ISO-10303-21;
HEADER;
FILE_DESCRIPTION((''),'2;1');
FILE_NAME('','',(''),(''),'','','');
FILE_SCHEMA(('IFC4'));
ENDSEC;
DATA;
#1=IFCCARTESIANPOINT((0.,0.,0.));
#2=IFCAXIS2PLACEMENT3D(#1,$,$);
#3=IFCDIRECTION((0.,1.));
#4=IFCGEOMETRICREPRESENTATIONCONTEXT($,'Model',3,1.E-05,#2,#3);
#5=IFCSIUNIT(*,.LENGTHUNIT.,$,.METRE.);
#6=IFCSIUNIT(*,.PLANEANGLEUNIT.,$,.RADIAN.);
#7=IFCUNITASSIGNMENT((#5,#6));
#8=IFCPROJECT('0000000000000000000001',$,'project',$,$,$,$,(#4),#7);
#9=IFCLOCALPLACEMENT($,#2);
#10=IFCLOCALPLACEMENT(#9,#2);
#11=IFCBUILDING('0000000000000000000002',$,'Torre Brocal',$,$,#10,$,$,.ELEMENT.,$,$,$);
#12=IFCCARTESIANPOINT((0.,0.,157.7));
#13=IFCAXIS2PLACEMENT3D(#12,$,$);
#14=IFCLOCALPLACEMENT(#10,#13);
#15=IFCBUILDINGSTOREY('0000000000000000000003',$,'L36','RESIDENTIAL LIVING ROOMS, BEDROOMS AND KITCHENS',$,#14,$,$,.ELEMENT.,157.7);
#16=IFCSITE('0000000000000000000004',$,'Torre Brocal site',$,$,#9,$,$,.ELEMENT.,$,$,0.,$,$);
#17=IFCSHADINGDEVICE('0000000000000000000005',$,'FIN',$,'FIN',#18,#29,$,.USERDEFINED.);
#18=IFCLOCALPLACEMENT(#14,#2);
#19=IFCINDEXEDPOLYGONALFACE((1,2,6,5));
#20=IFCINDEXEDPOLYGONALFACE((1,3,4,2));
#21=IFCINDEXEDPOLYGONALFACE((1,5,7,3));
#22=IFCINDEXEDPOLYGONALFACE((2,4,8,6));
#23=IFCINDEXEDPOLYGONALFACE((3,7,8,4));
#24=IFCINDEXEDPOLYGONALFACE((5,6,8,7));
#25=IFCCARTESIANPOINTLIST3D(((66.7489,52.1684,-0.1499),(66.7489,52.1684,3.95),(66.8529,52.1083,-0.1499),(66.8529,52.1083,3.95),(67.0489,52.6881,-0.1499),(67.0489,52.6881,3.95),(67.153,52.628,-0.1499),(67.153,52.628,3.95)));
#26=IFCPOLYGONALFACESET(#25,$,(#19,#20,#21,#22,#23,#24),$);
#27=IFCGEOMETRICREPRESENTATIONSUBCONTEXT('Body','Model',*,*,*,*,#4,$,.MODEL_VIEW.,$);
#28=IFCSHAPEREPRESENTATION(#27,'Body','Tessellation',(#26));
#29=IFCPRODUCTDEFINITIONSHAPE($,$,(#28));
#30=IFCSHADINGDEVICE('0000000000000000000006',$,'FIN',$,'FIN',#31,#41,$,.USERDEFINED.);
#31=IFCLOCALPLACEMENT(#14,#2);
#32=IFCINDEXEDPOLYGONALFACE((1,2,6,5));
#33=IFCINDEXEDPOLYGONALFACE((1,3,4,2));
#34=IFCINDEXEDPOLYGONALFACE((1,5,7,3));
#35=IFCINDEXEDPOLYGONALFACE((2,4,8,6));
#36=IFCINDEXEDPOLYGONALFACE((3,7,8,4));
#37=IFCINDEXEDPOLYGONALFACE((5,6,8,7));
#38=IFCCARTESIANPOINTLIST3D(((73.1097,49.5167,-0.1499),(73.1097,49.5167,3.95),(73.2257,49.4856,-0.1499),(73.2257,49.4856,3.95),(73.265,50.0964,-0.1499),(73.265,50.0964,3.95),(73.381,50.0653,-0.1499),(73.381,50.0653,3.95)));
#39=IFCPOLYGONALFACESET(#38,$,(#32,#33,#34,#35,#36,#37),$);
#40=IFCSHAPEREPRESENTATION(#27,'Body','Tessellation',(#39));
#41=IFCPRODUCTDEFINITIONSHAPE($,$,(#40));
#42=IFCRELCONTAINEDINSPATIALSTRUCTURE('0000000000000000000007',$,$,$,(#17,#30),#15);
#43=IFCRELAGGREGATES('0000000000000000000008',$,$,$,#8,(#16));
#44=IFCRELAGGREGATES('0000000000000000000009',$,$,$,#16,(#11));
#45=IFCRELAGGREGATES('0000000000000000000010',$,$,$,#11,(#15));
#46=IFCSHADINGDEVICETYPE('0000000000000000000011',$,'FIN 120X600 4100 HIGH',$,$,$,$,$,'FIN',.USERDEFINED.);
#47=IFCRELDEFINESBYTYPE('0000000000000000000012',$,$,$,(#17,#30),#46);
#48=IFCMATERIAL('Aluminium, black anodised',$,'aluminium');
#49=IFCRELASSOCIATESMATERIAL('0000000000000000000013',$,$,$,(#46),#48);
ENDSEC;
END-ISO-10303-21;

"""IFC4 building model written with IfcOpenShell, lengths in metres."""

from ifc_helpers import new_model, si_unit, direction, frame, origin, origin_2d, place, context, subcontext, project, spatial, rectangle, extrude, material, material_profile, profile_set, type_object, element, save


model = new_model("IFC4")

# Units and contexts
model_context = context("Model", 3, precision=1e-05, world=origin(), true_north=direction((0.0, 1.0)))
body_context = subcontext(model_context, "Body", "Model", "MODEL_VIEW")
ifc_project = project(units=[si_unit("LENGTHUNIT", "METRE"), si_unit("PLANEANGLEUNIT", "RADIAN")], contexts=[model_context])

# Site, building, storey
site_placement = place(None, origin())
site = spatial("IfcSite", under=ifc_project, at=site_placement, Name="Torre Brocal site", CompositionType="ELEMENT", RefElevation=0.0)
building_placement = place(site_placement, origin())
building = spatial("IfcBuilding", under=site, at=building_placement, Name="Torre Brocal", CompositionType="ELEMENT")
storey_placement = place(building_placement, frame((0.0, 0.0, 157.7)))
storey = spatial("IfcBuildingStorey", under=building, at=storey_placement, Name="L36", Description="RESIDENTIAL LIVING ROOMS, BEDROOMS AND KITCHENS", CompositionType="ELEMENT", Elevation=157.7)

# Shading devices
ifc_material_1 = material(Name="Aluminium, black anodised", Category="aluminium")
ifc_material_profile_1 = material_profile(ifc_material_1, rectangle(XDim=0.1201, YDim=0.6001, at=origin_2d()), Name="FIN 120X600 4100 HIGH")
ifc_profile_set_1 = profile_set([ifc_material_profile_1], Name="Aluminium, black anodised")
shading_device_type = type_object("IfcShadingDeviceType", Name="FIN 120X600 4100 HIGH", ElementType="FIN", PredefinedType="USERDEFINED", material=ifc_profile_set_1)
for number, where, z_axis, x_axis, name in (
    (1, (66.9509, 52.3982, -0.1499), (0.0, 0.0, 1.0), (0.866025, -0.5, 0.0), "FIN"),
    (2, (73.2454, 49.791, -0.1499), (0.0, 0.0, 1.0), (0.965926, -0.258819, 0.0), "FIN"),
):
    element("IfcShadingDevice", number, at=place(storey_placement, frame(where, z_axis=z_axis, x_axis=x_axis)), inside=storey, type_object=shading_device_type, Name=name, ObjectType="FIN", PredefinedType="USERDEFINED", context=body_context, shape_type="SweptSolid", body=[
        extrude(rectangle(XDim=0.1201, YDim=0.6001, at=origin_2d()), origin(), (0.0, 0.0, 1.0), 4.0999),
    ])

save(model, "model.ifc")
